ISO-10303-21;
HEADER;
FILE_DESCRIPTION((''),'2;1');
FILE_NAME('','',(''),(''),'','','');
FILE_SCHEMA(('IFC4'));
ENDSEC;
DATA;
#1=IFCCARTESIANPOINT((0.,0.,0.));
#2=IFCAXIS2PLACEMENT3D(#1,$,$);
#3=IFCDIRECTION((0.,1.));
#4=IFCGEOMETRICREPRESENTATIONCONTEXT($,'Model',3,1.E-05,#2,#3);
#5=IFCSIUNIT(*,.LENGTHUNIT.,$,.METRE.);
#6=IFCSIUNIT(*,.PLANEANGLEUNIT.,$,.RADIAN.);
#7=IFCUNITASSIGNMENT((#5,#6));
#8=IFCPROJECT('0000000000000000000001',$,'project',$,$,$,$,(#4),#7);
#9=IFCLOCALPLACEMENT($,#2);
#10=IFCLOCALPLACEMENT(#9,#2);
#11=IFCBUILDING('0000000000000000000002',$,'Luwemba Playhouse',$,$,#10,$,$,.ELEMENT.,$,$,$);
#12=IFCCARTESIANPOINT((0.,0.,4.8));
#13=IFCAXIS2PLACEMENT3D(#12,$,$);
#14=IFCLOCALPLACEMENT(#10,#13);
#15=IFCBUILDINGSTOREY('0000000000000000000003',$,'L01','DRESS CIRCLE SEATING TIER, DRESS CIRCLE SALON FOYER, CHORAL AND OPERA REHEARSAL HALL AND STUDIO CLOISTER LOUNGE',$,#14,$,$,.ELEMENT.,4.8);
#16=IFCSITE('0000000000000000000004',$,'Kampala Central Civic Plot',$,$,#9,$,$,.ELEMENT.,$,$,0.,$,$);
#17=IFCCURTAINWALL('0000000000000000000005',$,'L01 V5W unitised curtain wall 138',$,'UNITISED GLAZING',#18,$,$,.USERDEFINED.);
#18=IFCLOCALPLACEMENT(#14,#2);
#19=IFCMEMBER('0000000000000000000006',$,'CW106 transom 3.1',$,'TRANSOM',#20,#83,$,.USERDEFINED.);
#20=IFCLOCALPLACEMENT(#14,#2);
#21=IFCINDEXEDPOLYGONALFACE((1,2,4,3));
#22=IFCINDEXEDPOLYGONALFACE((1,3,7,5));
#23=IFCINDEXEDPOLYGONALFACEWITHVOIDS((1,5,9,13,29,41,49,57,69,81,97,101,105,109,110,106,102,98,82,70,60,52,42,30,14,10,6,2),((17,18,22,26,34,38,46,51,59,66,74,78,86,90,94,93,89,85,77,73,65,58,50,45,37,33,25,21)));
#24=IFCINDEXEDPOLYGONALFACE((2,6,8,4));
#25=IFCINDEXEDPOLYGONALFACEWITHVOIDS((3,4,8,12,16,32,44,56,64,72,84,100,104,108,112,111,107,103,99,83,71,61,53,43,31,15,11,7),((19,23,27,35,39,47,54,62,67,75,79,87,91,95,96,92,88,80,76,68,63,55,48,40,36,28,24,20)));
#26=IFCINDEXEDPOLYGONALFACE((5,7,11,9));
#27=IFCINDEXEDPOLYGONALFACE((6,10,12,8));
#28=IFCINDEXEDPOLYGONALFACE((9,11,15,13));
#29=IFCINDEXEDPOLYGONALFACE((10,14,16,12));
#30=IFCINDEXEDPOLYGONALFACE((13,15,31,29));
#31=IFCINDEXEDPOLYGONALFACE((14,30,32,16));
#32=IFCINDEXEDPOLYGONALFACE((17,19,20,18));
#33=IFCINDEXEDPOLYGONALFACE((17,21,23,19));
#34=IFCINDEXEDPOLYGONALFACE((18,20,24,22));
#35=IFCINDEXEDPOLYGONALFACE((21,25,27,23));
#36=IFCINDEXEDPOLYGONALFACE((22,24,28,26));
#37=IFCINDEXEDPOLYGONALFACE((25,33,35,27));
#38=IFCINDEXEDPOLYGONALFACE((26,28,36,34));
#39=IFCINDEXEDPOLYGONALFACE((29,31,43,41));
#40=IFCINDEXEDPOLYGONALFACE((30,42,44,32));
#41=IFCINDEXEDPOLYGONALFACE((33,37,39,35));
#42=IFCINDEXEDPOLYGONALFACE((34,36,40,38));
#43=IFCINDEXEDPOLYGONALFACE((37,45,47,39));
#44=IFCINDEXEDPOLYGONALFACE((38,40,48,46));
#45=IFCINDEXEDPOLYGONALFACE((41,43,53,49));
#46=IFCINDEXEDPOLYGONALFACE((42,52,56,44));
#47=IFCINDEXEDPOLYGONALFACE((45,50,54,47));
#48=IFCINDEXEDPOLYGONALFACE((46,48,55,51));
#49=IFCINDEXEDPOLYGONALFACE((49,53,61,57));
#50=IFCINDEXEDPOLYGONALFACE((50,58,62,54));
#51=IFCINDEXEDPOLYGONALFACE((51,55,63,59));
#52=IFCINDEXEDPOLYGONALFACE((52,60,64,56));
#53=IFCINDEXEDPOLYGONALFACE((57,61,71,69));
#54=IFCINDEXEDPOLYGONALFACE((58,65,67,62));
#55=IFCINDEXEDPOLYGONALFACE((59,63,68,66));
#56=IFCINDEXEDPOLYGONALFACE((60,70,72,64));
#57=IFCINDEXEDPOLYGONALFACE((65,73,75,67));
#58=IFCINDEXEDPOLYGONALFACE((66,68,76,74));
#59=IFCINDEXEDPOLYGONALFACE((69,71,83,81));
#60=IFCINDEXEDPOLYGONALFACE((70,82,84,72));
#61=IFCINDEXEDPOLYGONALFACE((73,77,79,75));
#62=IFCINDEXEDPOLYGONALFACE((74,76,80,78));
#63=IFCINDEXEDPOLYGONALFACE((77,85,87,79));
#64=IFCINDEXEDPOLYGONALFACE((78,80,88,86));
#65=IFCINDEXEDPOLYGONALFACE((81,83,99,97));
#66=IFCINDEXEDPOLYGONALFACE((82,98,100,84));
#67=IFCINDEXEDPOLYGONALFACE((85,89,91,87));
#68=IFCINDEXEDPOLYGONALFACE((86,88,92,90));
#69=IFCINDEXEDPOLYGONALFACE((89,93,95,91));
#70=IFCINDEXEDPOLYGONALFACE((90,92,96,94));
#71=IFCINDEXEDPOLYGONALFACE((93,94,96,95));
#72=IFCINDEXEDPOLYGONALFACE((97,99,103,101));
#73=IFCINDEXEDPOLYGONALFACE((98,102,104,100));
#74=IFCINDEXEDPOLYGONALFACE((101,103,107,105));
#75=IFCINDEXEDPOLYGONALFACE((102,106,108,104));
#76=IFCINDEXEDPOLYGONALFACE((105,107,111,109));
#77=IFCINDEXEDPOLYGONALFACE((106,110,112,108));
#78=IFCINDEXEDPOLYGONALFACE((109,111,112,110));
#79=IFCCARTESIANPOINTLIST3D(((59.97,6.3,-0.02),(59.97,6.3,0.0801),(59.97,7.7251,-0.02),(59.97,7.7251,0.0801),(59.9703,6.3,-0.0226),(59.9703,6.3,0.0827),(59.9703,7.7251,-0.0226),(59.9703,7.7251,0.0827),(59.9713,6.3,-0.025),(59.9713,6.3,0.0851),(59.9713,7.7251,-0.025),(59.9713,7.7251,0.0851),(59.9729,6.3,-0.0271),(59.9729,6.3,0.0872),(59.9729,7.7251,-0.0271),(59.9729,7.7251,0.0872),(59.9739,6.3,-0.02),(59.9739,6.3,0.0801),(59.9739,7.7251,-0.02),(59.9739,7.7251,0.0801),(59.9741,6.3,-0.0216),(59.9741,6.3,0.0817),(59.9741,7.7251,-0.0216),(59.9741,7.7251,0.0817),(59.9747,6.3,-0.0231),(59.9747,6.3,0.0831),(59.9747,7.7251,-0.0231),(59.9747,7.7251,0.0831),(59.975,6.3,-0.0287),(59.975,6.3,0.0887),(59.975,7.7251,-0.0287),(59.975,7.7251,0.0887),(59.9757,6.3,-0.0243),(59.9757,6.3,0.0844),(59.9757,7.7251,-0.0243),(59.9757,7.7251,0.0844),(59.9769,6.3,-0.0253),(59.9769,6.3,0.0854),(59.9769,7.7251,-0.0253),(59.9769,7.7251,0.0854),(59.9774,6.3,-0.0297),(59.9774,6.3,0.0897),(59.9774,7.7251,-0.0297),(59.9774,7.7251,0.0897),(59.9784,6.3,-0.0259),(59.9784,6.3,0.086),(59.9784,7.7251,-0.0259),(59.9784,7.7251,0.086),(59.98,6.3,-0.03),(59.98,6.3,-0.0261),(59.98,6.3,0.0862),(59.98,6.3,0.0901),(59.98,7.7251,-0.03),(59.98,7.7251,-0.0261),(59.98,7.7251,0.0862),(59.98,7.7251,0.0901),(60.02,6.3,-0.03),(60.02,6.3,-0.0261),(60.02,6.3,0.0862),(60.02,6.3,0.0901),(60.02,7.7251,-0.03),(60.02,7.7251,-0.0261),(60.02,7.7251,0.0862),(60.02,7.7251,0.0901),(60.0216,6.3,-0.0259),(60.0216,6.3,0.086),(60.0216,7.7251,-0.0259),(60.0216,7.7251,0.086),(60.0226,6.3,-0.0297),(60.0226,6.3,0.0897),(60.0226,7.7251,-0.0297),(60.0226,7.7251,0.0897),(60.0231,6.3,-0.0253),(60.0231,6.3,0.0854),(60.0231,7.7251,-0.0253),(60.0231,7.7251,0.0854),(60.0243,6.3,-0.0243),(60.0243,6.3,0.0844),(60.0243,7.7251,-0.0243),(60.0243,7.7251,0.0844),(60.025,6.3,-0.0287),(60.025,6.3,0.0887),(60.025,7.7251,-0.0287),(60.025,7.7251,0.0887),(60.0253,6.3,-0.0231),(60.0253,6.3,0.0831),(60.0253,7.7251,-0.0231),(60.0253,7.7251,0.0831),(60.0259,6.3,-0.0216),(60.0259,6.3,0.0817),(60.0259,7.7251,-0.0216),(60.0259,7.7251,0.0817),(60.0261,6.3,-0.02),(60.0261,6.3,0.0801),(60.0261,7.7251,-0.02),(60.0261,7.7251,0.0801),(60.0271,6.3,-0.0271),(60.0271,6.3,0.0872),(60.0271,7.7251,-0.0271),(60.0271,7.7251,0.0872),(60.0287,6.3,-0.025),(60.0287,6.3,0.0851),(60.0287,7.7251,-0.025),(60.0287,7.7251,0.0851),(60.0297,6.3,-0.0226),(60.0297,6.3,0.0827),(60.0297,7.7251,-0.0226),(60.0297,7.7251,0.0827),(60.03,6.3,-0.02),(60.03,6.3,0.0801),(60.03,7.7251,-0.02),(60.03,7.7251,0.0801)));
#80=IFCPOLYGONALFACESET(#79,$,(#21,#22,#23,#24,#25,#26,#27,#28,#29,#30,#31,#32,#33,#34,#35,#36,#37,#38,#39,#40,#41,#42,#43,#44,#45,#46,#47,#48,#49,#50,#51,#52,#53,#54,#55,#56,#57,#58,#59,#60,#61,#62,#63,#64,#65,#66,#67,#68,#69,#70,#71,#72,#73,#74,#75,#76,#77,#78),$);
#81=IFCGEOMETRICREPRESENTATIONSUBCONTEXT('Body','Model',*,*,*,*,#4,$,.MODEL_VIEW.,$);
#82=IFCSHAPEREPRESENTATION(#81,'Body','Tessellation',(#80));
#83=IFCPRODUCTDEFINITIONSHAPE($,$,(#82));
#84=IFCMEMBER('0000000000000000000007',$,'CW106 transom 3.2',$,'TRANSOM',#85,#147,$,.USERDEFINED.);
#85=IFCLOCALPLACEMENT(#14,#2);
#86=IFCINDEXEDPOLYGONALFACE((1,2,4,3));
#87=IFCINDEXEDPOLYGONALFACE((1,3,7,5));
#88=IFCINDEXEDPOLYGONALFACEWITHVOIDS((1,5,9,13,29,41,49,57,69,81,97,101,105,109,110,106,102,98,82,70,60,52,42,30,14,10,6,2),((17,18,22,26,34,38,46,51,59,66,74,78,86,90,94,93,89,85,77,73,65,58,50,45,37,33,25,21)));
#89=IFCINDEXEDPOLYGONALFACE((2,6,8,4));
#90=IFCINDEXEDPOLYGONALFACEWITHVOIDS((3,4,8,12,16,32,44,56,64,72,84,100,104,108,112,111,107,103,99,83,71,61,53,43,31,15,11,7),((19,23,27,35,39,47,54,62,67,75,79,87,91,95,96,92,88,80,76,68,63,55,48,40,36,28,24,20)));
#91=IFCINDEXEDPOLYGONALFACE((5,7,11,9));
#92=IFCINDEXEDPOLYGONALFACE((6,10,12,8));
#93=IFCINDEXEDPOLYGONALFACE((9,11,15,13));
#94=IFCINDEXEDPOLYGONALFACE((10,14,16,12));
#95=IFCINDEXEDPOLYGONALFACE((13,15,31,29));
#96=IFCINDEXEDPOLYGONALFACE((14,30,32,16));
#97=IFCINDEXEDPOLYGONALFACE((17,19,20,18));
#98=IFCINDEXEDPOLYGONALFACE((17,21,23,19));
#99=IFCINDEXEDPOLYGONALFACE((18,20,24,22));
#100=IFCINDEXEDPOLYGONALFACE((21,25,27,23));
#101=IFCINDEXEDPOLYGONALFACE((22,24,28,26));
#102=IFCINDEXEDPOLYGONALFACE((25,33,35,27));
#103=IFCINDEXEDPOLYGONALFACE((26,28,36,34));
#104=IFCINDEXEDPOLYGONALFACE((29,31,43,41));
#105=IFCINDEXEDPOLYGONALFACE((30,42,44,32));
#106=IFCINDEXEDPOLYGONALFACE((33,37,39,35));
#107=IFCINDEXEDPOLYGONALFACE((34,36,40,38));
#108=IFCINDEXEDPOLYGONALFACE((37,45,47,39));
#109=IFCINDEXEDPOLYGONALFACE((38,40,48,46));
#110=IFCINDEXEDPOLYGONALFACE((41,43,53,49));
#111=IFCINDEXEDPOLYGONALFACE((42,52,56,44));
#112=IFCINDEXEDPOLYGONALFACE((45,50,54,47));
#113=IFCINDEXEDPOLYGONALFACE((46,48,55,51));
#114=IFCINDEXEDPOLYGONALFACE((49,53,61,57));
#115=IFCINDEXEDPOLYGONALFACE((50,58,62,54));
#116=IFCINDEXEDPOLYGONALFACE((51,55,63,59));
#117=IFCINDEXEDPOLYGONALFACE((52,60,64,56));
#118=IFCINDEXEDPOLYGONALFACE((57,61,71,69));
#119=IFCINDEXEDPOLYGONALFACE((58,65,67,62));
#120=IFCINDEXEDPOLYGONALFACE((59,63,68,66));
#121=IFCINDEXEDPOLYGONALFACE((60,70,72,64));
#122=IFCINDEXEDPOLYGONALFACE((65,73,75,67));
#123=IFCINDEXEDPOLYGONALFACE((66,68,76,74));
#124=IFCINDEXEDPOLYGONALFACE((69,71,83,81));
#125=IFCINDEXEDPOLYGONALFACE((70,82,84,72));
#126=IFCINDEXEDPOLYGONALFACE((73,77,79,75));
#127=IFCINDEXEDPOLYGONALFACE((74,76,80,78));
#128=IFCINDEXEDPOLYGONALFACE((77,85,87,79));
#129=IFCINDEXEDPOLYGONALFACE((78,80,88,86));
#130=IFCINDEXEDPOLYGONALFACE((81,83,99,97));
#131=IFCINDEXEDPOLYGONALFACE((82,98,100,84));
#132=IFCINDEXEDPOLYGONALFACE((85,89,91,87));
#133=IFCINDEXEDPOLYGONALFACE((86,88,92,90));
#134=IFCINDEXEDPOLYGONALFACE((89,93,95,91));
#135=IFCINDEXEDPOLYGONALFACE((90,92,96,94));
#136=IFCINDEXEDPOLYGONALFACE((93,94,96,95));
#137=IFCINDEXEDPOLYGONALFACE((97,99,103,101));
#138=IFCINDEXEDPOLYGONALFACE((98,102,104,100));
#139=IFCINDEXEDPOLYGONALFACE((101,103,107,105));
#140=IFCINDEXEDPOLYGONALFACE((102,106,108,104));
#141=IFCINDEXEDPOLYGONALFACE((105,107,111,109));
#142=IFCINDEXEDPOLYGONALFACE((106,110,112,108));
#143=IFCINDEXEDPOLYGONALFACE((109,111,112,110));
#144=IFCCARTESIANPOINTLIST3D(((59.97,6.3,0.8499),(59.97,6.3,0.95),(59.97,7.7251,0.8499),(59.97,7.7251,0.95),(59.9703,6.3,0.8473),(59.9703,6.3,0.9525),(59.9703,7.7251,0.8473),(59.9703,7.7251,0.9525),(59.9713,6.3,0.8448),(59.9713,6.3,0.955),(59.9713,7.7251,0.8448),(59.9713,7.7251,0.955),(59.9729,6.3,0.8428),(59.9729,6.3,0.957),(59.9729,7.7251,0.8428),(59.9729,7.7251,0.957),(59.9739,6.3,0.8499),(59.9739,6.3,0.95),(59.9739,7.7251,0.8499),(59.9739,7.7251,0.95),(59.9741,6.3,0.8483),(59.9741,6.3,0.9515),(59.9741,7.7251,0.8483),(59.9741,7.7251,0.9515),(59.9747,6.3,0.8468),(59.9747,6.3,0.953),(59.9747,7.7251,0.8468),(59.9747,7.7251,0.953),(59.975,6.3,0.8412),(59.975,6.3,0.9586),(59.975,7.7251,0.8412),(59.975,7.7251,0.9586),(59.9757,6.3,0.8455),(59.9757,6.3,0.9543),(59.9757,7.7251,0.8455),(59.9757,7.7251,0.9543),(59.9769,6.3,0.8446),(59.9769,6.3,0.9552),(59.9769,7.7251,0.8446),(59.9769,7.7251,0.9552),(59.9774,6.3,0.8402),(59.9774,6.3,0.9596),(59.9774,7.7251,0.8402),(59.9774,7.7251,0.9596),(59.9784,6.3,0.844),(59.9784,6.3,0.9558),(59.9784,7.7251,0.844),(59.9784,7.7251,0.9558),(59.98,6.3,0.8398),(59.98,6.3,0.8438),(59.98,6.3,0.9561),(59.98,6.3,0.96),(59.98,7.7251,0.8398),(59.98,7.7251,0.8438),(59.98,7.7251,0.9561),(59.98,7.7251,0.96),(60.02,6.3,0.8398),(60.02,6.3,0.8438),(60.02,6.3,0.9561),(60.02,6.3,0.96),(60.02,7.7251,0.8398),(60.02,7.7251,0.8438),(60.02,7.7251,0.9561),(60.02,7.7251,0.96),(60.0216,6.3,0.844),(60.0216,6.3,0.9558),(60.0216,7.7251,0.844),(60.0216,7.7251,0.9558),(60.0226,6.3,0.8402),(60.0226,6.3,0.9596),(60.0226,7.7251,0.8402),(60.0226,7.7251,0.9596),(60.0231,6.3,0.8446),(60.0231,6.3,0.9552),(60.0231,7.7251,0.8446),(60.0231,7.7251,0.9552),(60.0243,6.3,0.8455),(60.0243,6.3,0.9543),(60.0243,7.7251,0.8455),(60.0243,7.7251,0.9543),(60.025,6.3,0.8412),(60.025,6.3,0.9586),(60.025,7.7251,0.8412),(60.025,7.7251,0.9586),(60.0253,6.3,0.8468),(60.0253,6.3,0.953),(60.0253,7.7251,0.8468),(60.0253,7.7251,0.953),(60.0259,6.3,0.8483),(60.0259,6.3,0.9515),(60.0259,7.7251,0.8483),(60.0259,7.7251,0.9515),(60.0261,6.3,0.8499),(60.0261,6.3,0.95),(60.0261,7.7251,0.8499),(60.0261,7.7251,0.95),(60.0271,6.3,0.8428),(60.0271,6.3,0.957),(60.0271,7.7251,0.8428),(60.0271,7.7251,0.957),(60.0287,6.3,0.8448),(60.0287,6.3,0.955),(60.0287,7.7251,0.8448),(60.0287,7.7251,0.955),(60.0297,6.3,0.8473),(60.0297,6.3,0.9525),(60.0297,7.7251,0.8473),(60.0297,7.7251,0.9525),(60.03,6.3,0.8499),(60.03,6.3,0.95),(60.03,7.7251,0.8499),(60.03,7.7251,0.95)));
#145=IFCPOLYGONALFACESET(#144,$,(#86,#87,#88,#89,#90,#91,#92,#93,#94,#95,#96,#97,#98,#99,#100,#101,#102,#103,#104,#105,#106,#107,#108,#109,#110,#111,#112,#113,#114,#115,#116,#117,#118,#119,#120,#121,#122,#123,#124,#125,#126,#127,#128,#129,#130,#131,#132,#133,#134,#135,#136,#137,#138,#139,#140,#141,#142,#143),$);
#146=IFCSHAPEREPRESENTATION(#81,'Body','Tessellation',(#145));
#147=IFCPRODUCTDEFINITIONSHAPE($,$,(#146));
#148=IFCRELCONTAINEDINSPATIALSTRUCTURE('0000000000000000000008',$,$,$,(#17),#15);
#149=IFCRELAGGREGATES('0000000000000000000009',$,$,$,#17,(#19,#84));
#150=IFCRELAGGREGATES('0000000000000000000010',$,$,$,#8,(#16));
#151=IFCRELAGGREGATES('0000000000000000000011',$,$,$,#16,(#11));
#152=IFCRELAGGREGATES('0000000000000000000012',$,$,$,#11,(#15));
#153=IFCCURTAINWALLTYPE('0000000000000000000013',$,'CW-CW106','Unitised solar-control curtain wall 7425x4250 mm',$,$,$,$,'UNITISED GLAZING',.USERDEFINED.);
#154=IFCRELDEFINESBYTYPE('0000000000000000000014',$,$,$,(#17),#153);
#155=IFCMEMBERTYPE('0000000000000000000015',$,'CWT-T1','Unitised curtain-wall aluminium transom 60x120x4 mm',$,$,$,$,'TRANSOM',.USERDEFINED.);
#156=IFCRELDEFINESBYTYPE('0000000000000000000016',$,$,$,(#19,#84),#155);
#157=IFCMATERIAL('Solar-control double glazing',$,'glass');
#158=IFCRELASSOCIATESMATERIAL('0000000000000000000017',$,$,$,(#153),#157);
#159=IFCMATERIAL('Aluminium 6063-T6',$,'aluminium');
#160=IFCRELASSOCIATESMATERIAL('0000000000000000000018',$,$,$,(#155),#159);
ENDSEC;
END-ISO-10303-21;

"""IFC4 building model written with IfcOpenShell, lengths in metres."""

from ifc_helpers import new_model, si_unit, direction, frame, origin, origin_2d, place, context, subcontext, project, spatial, hollow_rectangle, extrude, material, material_profile, profile_set, type_object, element, aggregate, save


model = new_model("IFC4")

# Units and contexts
model_context = context("Model", 3, precision=1e-05, world=origin(), true_north=direction((0.0, 1.0)))
body_context = subcontext(model_context, "Body", "Model", "MODEL_VIEW")
ifc_project = project(units=[si_unit("LENGTHUNIT", "METRE"), si_unit("PLANEANGLEUNIT", "RADIAN")], contexts=[model_context])

# Site, building, storey
site_placement = place(None, origin())
site = spatial("IfcSite", under=ifc_project, at=site_placement, Name="Kampala Central Civic Plot", CompositionType="ELEMENT", RefElevation=0.0)
building_placement = place(site_placement, origin())
building = spatial("IfcBuilding", under=site, at=building_placement, Name="Luwemba Playhouse", CompositionType="ELEMENT")
storey_placement = place(building_placement, frame((0.0, 0.0, 4.8)))
storey = spatial("IfcBuildingStorey", under=building, at=storey_placement, Name="L01", Description="DRESS CIRCLE SEATING TIER, DRESS CIRCLE SALON FOYER, CHORAL AND OPERA REHEARSAL HALL AND STUDIO CLOISTER LOUNGE", CompositionType="ELEMENT", Elevation=4.8)

# Curtain wall, members
ifc_material_1 = material(Name="Solar-control double glazing", Category="glass")
curtain_wall_type = type_object("IfcCurtainWallType", Name="CW-CW106", Description="Unitised solar-control curtain wall 7425x4250 mm", ElementType="UNITISED GLAZING", PredefinedType="USERDEFINED", material=ifc_material_1)
curtain_wall_placement = place(storey_placement, origin())
curtain_wall = element("IfcCurtainWall", 1, at=curtain_wall_placement, inside=storey, type_object=curtain_wall_type, Name="L01 V5W unitised curtain wall 138", ObjectType="UNITISED GLAZING", PredefinedType="USERDEFINED")
ifc_material_2 = material(Name="Aluminium 6063-T6", Category="aluminium")
ifc_material_profile_1 = material_profile(ifc_material_2, hollow_rectangle(XDim=0.0601, YDim=0.1201, WallThickness=0.0039, InnerFilletRadius=0.0061, OuterFilletRadius=0.01, at=origin_2d()))
ifc_profile_set_1 = profile_set([ifc_material_profile_1], Name="Aluminium 6063-T6")
member_type_1 = type_object("IfcMemberType", Name="CWT-T1", Description="Unitised curtain-wall aluminium transom 60x120x4 mm", ElementType="TRANSOM", PredefinedType="USERDEFINED", material=ifc_profile_set_1)
member_1_placement = place(storey_placement, frame((60.0, 7.7251, 0.03), z_axis=(0.0, -1.0, 0.0), x_axis=(1.0, 0.0, 0.0)))
member_1 = element("IfcMember", 2, at=member_1_placement, type_object=member_type_1, Name="CW106 transom 3.1", ObjectType="TRANSOM", PredefinedType="USERDEFINED", context=body_context, shape_type="SweptSolid", body=[
    extrude(hollow_rectangle(XDim=0.0601, YDim=0.1201, WallThickness=0.0039, InnerFilletRadius=0.0061, OuterFilletRadius=0.01, at=origin_2d()), origin(), (0.0, 0.0, 1.0), 1.425),
])
member_2_placement = place(storey_placement, frame((60.0, 7.7251, 0.8999), z_axis=(0.0, -1.0, 0.0), x_axis=(1.0, 0.0, 0.0)))
member_2 = element("IfcMember", 3, at=member_2_placement, type_object=member_type_1, Name="CW106 transom 3.2", ObjectType="TRANSOM", PredefinedType="USERDEFINED", context=body_context, shape_type="SweptSolid", body=[
    extrude(hollow_rectangle(XDim=0.0601, YDim=0.1201, WallThickness=0.0039, InnerFilletRadius=0.0061, OuterFilletRadius=0.01, at=origin_2d()), origin(), (0.0, 0.0, 1.0), 1.425),
])
aggregate(curtain_wall, [member_1, member_2])

save(model, "model.ifc")
